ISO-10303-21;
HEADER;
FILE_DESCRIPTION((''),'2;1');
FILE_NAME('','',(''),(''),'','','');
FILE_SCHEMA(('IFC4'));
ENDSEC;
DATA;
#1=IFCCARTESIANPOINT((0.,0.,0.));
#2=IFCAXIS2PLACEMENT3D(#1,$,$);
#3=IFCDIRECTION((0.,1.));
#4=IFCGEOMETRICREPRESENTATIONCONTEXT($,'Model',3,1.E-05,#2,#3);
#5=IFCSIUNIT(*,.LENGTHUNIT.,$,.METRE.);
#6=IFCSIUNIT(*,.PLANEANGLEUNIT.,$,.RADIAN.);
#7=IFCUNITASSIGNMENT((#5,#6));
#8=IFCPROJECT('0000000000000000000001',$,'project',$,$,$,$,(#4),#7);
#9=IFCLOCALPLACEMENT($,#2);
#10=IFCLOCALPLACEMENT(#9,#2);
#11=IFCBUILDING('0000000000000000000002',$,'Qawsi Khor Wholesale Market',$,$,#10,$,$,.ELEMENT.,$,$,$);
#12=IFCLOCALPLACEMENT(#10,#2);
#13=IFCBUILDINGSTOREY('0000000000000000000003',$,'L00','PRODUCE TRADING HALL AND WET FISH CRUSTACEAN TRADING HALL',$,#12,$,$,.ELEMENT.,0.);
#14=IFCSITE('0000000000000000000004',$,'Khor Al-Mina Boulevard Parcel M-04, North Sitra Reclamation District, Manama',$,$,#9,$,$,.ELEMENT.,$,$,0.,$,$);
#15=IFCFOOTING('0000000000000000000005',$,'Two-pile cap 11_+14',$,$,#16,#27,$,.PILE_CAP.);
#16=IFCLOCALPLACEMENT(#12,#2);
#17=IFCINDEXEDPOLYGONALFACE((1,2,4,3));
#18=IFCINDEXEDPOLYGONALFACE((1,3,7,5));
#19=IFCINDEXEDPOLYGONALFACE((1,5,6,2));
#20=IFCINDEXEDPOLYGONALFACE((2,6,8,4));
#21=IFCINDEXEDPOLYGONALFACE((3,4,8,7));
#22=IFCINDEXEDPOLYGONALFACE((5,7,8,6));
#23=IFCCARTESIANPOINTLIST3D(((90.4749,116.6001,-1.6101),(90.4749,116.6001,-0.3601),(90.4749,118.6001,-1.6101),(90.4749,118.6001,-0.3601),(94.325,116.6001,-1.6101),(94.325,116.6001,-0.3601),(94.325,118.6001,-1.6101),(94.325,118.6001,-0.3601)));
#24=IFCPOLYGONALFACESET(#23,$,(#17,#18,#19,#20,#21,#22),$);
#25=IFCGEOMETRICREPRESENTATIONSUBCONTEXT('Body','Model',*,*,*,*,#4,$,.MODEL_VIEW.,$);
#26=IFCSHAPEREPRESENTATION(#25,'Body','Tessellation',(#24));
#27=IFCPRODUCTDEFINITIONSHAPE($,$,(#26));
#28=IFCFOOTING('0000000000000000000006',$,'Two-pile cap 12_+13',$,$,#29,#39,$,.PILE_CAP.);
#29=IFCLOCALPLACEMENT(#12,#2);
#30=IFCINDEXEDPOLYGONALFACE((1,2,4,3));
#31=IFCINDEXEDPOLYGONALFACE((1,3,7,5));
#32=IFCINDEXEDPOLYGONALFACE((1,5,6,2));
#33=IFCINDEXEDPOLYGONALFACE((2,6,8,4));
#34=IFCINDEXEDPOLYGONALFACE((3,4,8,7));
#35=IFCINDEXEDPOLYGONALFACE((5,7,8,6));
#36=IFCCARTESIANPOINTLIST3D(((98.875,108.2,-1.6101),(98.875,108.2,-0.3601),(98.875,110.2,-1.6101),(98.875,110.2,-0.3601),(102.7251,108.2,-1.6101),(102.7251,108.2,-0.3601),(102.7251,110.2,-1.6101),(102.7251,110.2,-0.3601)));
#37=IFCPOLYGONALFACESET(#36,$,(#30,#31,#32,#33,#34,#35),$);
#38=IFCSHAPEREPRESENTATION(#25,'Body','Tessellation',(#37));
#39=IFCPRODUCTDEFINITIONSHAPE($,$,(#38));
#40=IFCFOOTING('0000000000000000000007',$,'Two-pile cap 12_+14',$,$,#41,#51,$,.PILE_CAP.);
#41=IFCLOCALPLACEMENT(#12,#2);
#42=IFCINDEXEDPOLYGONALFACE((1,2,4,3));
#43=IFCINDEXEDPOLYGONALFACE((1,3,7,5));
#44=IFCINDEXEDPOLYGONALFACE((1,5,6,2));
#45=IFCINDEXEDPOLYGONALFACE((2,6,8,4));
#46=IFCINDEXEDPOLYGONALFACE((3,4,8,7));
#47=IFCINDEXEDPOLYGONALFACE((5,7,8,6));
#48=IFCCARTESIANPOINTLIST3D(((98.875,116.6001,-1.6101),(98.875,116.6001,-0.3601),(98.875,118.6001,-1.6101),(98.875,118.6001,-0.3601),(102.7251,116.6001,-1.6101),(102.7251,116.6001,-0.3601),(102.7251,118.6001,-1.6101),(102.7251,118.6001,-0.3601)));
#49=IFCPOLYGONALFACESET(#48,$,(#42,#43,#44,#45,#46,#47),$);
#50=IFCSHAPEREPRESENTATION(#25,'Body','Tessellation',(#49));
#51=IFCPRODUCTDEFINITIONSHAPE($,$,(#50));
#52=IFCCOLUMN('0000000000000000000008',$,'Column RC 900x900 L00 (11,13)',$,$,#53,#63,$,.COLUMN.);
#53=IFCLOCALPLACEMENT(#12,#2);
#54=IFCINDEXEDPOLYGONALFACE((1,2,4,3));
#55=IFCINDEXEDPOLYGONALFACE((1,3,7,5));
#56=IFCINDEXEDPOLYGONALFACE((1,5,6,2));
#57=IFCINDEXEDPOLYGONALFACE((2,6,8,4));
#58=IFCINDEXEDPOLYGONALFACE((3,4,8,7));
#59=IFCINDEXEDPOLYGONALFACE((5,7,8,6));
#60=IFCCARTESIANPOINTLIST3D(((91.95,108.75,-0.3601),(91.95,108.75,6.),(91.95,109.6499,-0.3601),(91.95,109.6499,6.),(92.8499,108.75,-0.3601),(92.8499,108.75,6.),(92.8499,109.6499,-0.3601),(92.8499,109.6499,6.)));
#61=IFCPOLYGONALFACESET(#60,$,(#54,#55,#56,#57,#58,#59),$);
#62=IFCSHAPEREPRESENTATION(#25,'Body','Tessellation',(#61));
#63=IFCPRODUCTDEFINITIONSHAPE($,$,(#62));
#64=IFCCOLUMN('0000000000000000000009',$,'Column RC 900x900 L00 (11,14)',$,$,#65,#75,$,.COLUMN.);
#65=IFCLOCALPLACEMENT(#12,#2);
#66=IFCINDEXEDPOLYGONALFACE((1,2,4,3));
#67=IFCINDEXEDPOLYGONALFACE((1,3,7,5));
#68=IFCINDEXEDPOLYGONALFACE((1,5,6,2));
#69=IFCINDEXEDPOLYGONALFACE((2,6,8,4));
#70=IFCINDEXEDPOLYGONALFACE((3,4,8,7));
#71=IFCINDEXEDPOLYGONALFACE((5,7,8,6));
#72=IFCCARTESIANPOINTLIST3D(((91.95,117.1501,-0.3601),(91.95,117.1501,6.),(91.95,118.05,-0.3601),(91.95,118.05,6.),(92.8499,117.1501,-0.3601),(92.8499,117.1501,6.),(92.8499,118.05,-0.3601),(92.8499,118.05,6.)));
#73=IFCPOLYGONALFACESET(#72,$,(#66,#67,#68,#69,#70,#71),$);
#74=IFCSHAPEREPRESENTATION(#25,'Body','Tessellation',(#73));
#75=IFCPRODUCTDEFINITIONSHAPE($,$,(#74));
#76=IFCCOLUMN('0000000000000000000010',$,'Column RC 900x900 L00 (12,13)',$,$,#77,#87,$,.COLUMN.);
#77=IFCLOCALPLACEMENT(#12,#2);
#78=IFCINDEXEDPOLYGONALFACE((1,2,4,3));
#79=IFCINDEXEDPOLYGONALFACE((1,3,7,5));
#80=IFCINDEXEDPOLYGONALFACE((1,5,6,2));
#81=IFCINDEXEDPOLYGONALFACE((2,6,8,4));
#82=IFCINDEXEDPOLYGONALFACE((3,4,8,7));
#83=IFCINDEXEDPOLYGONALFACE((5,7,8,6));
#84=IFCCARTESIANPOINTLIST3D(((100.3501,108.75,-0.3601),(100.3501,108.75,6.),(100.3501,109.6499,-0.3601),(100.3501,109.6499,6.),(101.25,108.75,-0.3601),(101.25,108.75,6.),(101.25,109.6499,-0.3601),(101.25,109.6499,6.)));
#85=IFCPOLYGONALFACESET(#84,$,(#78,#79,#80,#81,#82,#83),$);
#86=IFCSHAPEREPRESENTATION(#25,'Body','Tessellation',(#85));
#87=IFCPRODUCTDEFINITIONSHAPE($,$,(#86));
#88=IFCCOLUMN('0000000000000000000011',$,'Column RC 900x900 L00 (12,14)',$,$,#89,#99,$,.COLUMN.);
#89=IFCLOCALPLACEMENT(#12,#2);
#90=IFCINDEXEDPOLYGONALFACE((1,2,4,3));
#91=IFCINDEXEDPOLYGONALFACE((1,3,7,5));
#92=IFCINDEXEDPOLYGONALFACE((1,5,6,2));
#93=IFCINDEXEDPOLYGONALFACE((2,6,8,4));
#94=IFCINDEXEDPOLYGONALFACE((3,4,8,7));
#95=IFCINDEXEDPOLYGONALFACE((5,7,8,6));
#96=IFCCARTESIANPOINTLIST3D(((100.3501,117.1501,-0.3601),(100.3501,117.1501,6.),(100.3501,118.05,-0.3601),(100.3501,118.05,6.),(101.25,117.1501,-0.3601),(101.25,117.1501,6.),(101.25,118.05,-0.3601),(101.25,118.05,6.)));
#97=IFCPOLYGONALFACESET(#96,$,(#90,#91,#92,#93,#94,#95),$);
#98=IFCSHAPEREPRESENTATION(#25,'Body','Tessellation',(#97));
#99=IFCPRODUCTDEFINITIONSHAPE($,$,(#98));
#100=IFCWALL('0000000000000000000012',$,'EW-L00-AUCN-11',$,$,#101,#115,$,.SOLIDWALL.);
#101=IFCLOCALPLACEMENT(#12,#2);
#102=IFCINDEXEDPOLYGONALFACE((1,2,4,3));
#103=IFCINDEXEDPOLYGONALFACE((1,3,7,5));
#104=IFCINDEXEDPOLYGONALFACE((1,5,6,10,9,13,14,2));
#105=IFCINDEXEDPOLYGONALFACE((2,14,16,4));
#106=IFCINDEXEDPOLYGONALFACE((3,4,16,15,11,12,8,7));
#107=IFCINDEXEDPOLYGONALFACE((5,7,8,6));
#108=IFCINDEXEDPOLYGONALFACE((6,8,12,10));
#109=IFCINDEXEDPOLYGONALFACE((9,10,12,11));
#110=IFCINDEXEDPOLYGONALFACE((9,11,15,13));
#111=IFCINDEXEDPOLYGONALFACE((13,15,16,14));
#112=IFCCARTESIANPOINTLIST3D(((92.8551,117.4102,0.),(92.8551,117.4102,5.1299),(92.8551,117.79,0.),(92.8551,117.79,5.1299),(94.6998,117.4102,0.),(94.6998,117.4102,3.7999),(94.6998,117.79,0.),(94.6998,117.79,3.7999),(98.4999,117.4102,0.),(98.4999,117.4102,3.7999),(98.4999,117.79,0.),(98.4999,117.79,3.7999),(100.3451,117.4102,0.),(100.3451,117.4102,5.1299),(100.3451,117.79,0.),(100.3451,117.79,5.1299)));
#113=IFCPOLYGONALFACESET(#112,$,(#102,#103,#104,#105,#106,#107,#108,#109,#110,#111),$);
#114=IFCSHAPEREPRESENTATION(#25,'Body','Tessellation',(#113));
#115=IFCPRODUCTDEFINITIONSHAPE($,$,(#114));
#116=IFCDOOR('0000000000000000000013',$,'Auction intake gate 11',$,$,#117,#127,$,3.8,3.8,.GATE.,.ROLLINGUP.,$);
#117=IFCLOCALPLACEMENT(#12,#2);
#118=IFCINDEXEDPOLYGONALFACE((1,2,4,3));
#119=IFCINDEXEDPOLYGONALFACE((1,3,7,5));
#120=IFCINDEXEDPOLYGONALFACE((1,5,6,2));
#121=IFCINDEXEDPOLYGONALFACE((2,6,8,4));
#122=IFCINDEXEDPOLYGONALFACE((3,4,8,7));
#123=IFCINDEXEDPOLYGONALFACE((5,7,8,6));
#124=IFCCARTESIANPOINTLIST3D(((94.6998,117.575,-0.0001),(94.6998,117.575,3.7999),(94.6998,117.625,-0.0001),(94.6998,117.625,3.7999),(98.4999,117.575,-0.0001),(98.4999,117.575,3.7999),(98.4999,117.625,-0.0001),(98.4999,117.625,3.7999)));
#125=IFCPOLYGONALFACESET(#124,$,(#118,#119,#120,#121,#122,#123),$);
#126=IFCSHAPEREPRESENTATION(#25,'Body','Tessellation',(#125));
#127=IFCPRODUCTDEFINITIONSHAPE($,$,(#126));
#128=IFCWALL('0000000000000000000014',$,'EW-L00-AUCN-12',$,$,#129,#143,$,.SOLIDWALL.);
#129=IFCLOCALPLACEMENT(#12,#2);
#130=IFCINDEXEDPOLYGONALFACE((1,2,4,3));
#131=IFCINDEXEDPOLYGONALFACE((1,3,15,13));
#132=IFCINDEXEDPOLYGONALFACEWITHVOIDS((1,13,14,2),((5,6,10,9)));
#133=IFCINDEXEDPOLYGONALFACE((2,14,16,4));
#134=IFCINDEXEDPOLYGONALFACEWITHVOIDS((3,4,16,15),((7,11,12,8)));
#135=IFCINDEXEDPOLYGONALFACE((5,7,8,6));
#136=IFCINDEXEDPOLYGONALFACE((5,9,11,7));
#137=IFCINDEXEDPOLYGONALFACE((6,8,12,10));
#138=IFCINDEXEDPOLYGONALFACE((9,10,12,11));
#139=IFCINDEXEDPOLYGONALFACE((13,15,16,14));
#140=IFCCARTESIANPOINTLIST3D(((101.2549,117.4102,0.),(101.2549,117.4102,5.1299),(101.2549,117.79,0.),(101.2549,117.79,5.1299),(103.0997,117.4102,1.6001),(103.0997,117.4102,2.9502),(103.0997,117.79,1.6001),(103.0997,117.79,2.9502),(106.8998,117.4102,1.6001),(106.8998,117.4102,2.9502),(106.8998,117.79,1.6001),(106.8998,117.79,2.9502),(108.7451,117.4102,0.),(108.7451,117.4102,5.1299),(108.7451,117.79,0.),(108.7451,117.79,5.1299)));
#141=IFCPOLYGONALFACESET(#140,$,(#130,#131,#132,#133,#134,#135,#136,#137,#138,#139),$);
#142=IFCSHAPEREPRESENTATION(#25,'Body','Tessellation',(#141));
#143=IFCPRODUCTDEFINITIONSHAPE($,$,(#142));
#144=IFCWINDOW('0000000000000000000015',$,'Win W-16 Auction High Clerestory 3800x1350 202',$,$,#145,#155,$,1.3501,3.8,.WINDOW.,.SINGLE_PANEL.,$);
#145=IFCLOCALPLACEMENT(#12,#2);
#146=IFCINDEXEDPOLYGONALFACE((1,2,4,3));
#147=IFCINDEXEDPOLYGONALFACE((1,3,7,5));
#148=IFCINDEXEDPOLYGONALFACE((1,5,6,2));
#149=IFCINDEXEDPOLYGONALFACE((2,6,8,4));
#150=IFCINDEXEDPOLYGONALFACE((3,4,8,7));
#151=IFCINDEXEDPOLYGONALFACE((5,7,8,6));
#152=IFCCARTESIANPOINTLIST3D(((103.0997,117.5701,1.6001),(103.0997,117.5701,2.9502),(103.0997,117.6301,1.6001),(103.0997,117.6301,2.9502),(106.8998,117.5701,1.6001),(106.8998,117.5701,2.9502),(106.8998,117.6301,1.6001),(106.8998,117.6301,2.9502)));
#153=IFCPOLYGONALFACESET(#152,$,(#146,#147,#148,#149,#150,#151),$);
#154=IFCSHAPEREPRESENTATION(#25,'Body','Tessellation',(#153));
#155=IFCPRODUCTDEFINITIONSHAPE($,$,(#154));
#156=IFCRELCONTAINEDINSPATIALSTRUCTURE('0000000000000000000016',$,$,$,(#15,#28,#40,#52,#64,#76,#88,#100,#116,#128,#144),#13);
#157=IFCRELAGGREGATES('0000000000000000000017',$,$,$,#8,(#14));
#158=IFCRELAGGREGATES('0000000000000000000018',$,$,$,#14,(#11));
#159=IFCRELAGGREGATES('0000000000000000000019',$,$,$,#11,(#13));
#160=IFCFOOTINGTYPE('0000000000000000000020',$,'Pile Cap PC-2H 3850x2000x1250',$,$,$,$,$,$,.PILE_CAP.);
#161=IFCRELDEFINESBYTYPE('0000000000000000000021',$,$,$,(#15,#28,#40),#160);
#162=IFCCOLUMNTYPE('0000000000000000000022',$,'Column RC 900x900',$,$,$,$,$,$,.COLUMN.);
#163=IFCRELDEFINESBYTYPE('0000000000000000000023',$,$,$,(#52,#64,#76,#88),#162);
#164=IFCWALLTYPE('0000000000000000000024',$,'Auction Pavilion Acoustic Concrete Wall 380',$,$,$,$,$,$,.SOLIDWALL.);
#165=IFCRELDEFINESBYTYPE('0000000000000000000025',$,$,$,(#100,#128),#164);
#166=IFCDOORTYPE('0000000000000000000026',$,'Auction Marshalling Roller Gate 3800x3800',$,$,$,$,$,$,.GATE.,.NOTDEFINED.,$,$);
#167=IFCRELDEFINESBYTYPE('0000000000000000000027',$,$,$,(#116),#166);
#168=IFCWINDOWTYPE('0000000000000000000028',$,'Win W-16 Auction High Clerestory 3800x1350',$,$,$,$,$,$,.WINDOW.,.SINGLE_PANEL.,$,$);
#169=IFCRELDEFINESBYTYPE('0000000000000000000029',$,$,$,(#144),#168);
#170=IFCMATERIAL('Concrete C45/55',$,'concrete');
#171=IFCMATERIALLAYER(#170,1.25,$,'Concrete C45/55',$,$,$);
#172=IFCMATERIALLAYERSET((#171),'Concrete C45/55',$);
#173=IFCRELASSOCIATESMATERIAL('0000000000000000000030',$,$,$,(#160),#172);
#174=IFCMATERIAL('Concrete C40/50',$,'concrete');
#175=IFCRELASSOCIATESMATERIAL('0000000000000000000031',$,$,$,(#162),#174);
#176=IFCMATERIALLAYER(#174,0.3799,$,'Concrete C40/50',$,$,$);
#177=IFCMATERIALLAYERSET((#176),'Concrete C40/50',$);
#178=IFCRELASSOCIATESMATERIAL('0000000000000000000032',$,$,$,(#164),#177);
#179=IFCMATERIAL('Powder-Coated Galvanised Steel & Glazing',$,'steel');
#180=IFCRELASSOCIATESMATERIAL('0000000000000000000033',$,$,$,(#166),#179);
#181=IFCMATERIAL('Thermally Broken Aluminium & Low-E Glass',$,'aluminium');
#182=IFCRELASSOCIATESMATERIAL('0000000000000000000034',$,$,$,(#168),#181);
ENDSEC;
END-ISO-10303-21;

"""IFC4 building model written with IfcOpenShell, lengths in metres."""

from ifc_helpers import new_model, si_unit, direction, frame, frame_2d, origin, origin_2d, place, context, subcontext, project, spatial, rectangle, extrude, material, layer, layer_set, material_profile, profile_set, type_object, element, fill, save


model = new_model("IFC4")

# Units and contexts
model_context = context("Model", 3, precision=1e-05, world=origin(), true_north=direction((0.0, 1.0)))
body_context = subcontext(model_context, "Body", "Model", "MODEL_VIEW")
ifc_project = project(units=[si_unit("LENGTHUNIT", "METRE"), si_unit("PLANEANGLEUNIT", "RADIAN")], contexts=[model_context])

# Site, building, storey
site_placement = place(None, origin())
site = spatial("IfcSite", under=ifc_project, at=site_placement, Name="Khor Al-Mina Boulevard Parcel M-04, North Sitra Reclamation District, Manama", CompositionType="ELEMENT", RefElevation=0.0)
building_placement = place(site_placement, origin())
building = spatial("IfcBuilding", under=site, at=building_placement, Name="Qawsi Khor Wholesale Market", CompositionType="ELEMENT")
storey_placement = place(building_placement, origin())
storey = spatial("IfcBuildingStorey", under=building, at=storey_placement, Name="L00", Description="PRODUCE TRADING HALL AND WET FISH CRUSTACEAN TRADING HALL", CompositionType="ELEMENT", Elevation=0.0)

# Shared definitions
ifc_material_1 = material(Name="Concrete C45/55", Category="concrete")

# Footings
ifc_layer_1 = layer(ifc_material_1, 1.25, Name="Concrete C45/55")
ifc_layer_set_1 = layer_set([ifc_layer_1], Name="Concrete C45/55")
footing_type_1 = type_object("IfcFootingType", Name="Pile Cap PC-2H 3850x2000x1250", PredefinedType="PILE_CAP", material=ifc_layer_set_1)
for number, where, z_axis, x_axis, name in (
    (1, (92.3999, 117.6001, -1.6101), (0.0, 0.0, 1.0), (1.0, 0.0, 0.0), "Two-pile cap 11_+14"),
    (2, (100.8, 109.2, -1.6101), (0.0, 0.0, 1.0), (1.0, 0.0, 0.0), "Two-pile cap 12_+13"),
    (3, (100.8, 117.6001, -1.6101), (0.0, 0.0, 1.0), (1.0, 0.0, 0.0), "Two-pile cap 12_+14"),
):
    element("IfcFooting", number, at=place(storey_placement, frame(where, z_axis=z_axis, x_axis=x_axis)), inside=storey, type_object=footing_type_1, Name=name, PredefinedType="PILE_CAP", context=body_context, shape_type="SweptSolid", body=[
        extrude(rectangle(XDim=3.8501, YDim=2.0, at=origin_2d()), origin(), (0.0, 0.0, 1.0), 1.25),
    ])

# Columns
ifc_material_2 = material(Name="Concrete C40/50", Category="concrete")
ifc_material_profile_1 = material_profile(ifc_material_2, rectangle(XDim=0.8999, YDim=0.8999, at=origin_2d()), Name="RC 900x900")
ifc_profile_set_1 = profile_set([ifc_material_profile_1], Name="Concrete C40/50")
column_type = type_object("IfcColumnType", Name="Column RC 900x900", PredefinedType="COLUMN", material=ifc_profile_set_1)
for number, where, z_axis, x_axis, name in (
    (4, (92.3999, 109.2, -0.3601), (0.0, 0.0, 1.0), (1.0, 0.0, 0.0), "Column RC 900x900 L00 (11,13)"),
    (5, (92.3999, 117.6001, -0.3601), (0.0, 0.0, 1.0), (1.0, 0.0, 0.0), "Column RC 900x900 L00 (11,14)"),
    (6, (100.8, 109.2, -0.3601), (0.0, 0.0, 1.0), (1.0, 0.0, 0.0), "Column RC 900x900 L00 (12,13)"),
    (7, (100.8, 117.6001, -0.3601), (0.0, 0.0, 1.0), (1.0, 0.0, 0.0), "Column RC 900x900 L00 (12,14)"),
):
    element("IfcColumn", number, at=place(storey_placement, frame(where, z_axis=z_axis, x_axis=x_axis)), inside=storey, type_object=column_type, Name=name, PredefinedType="COLUMN", context=body_context, shape_type="SweptSolid", body=[
        extrude(rectangle(XDim=0.8999, YDim=0.8999, at=origin_2d()), origin(), (0.0, 0.0, 1.0), 6.3601),
    ])

# Wall, opening, door
ifc_layer_2 = layer(ifc_material_2, 0.3799, Name="Concrete C40/50")
ifc_layer_set_2 = layer_set([ifc_layer_2], Name="Concrete C40/50")
wall_type_1 = type_object("IfcWallType", Name="Auction Pavilion Acoustic Concrete Wall 380", PredefinedType="SOLIDWALL", material=ifc_layer_set_2)
wall_1_placement = place(storey_placement, frame((92.855, 117.6001, 0.0), z_axis=(0.0, 0.0, 1.0), x_axis=(1.0, 0.0, 0.0)))
wall_1 = element("IfcWall", 8, at=wall_1_placement, inside=storey, type_object=wall_type_1, Name="EW-L00-AUCN-11", PredefinedType="SOLIDWALL", context=body_context, shape_type="SweptSolid", body=[
    extrude(rectangle(XDim=7.49, YDim=0.3799, at=frame_2d((3.7451, 0.0))), origin(), (0.0, 0.0, 1.0), 5.1299),
])
opening_1_placement = place(wall_1_placement, frame((1.845, 0.0, 0.0)))
opening_1 = element("IfcOpeningElement", 9, at=opening_1_placement, cuts=wall_1, PredefinedType="OPENING", context=body_context, shape_type="SweptSolid", body=[
    extrude(rectangle(XDim=3.8, YDim=3.8, at=frame_2d((1.8999, 1.8999))), frame((0.0, 0.2, 0.0), z_axis=(0.0, -1.0, 0.0), x_axis=(1.0, 0.0, 0.0)), (0.0, 0.0, 1.0), 0.3999),
])
ifc_material_3 = material(Name="Powder-Coated Galvanised Steel & Glazing", Category="steel")
door_type_1 = type_object("IfcDoorType", Name="Auction Marshalling Roller Gate 3800x3800", OperationType="NOTDEFINED", PredefinedType="GATE", material=ifc_material_3)
door_1_placement = place(opening_1_placement, origin())
door_1 = element("IfcDoor", 10, at=door_1_placement, inside=storey, type_object=door_type_1, Name="Auction intake gate 11", OperationType="ROLLINGUP", OverallHeight=3.8, OverallWidth=3.8, PredefinedType="GATE", context=body_context, shape_type="SweptSolid", body=[
    extrude(rectangle(XDim=3.8, YDim=3.8, at=frame_2d((1.8999, 1.8999))), frame((0.0, 0.0249, 0.0), z_axis=(0.0, -1.0, 0.0), x_axis=(1.0, 0.0, 0.0)), (0.0, 0.0, 1.0), 0.05),
])
fill(opening_1, door_1)

# Wall, opening, window
wall_2_placement = place(storey_placement, frame((101.2549, 117.6001, 0.0), z_axis=(0.0, 0.0, 1.0), x_axis=(1.0, 0.0, 0.0)))
wall_2 = element("IfcWall", 11, at=wall_2_placement, inside=storey, type_object=wall_type_1, Name="EW-L00-AUCN-12", PredefinedType="SOLIDWALL", context=body_context, shape_type="SweptSolid", body=[
    extrude(rectangle(XDim=7.4902, YDim=0.3799, at=frame_2d((3.7451, 0.0))), origin(), (0.0, 0.0, 1.0), 5.1299),
])
opening_2_placement = place(wall_2_placement, frame((1.845, 0.0, 1.6001)))
opening_2 = element("IfcOpeningElement", 12, at=opening_2_placement, cuts=wall_2, PredefinedType="OPENING", context=body_context, shape_type="SweptSolid", body=[
    extrude(rectangle(XDim=3.8, YDim=1.3501, at=frame_2d((1.8999, 0.675))), frame((0.0, 0.2, 0.0), z_axis=(0.0, -1.0, 0.0), x_axis=(1.0, 0.0, 0.0)), (0.0, 0.0, 1.0), 0.3999),
])
ifc_material_4 = material(Name="Thermally Broken Aluminium & Low-E Glass", Category="aluminium")
window_type = type_object("IfcWindowType", Name="Win W-16 Auction High Clerestory 3800x1350", PartitioningType="SINGLE_PANEL", PredefinedType="WINDOW", material=ifc_material_4)
window_placement = place(opening_2_placement, origin())
window = element("IfcWindow", 13, at=window_placement, inside=storey, type_object=window_type, Name="Win W-16 Auction High Clerestory 3800x1350 202", OverallHeight=1.3501, OverallWidth=3.8, PartitioningType="SINGLE_PANEL", PredefinedType="WINDOW", context=body_context, shape_type="SweptSolid", body=[
    extrude(rectangle(XDim=3.8, YDim=1.3501, at=frame_2d((1.8999, 0.675))), frame((0.0, 0.03, 0.0), z_axis=(0.0, -1.0, 0.0), x_axis=(1.0, 0.0, 0.0)), (0.0, 0.0, 1.0), 0.0601),
])
fill(opening_2, window)

save(model, "model.ifc")
